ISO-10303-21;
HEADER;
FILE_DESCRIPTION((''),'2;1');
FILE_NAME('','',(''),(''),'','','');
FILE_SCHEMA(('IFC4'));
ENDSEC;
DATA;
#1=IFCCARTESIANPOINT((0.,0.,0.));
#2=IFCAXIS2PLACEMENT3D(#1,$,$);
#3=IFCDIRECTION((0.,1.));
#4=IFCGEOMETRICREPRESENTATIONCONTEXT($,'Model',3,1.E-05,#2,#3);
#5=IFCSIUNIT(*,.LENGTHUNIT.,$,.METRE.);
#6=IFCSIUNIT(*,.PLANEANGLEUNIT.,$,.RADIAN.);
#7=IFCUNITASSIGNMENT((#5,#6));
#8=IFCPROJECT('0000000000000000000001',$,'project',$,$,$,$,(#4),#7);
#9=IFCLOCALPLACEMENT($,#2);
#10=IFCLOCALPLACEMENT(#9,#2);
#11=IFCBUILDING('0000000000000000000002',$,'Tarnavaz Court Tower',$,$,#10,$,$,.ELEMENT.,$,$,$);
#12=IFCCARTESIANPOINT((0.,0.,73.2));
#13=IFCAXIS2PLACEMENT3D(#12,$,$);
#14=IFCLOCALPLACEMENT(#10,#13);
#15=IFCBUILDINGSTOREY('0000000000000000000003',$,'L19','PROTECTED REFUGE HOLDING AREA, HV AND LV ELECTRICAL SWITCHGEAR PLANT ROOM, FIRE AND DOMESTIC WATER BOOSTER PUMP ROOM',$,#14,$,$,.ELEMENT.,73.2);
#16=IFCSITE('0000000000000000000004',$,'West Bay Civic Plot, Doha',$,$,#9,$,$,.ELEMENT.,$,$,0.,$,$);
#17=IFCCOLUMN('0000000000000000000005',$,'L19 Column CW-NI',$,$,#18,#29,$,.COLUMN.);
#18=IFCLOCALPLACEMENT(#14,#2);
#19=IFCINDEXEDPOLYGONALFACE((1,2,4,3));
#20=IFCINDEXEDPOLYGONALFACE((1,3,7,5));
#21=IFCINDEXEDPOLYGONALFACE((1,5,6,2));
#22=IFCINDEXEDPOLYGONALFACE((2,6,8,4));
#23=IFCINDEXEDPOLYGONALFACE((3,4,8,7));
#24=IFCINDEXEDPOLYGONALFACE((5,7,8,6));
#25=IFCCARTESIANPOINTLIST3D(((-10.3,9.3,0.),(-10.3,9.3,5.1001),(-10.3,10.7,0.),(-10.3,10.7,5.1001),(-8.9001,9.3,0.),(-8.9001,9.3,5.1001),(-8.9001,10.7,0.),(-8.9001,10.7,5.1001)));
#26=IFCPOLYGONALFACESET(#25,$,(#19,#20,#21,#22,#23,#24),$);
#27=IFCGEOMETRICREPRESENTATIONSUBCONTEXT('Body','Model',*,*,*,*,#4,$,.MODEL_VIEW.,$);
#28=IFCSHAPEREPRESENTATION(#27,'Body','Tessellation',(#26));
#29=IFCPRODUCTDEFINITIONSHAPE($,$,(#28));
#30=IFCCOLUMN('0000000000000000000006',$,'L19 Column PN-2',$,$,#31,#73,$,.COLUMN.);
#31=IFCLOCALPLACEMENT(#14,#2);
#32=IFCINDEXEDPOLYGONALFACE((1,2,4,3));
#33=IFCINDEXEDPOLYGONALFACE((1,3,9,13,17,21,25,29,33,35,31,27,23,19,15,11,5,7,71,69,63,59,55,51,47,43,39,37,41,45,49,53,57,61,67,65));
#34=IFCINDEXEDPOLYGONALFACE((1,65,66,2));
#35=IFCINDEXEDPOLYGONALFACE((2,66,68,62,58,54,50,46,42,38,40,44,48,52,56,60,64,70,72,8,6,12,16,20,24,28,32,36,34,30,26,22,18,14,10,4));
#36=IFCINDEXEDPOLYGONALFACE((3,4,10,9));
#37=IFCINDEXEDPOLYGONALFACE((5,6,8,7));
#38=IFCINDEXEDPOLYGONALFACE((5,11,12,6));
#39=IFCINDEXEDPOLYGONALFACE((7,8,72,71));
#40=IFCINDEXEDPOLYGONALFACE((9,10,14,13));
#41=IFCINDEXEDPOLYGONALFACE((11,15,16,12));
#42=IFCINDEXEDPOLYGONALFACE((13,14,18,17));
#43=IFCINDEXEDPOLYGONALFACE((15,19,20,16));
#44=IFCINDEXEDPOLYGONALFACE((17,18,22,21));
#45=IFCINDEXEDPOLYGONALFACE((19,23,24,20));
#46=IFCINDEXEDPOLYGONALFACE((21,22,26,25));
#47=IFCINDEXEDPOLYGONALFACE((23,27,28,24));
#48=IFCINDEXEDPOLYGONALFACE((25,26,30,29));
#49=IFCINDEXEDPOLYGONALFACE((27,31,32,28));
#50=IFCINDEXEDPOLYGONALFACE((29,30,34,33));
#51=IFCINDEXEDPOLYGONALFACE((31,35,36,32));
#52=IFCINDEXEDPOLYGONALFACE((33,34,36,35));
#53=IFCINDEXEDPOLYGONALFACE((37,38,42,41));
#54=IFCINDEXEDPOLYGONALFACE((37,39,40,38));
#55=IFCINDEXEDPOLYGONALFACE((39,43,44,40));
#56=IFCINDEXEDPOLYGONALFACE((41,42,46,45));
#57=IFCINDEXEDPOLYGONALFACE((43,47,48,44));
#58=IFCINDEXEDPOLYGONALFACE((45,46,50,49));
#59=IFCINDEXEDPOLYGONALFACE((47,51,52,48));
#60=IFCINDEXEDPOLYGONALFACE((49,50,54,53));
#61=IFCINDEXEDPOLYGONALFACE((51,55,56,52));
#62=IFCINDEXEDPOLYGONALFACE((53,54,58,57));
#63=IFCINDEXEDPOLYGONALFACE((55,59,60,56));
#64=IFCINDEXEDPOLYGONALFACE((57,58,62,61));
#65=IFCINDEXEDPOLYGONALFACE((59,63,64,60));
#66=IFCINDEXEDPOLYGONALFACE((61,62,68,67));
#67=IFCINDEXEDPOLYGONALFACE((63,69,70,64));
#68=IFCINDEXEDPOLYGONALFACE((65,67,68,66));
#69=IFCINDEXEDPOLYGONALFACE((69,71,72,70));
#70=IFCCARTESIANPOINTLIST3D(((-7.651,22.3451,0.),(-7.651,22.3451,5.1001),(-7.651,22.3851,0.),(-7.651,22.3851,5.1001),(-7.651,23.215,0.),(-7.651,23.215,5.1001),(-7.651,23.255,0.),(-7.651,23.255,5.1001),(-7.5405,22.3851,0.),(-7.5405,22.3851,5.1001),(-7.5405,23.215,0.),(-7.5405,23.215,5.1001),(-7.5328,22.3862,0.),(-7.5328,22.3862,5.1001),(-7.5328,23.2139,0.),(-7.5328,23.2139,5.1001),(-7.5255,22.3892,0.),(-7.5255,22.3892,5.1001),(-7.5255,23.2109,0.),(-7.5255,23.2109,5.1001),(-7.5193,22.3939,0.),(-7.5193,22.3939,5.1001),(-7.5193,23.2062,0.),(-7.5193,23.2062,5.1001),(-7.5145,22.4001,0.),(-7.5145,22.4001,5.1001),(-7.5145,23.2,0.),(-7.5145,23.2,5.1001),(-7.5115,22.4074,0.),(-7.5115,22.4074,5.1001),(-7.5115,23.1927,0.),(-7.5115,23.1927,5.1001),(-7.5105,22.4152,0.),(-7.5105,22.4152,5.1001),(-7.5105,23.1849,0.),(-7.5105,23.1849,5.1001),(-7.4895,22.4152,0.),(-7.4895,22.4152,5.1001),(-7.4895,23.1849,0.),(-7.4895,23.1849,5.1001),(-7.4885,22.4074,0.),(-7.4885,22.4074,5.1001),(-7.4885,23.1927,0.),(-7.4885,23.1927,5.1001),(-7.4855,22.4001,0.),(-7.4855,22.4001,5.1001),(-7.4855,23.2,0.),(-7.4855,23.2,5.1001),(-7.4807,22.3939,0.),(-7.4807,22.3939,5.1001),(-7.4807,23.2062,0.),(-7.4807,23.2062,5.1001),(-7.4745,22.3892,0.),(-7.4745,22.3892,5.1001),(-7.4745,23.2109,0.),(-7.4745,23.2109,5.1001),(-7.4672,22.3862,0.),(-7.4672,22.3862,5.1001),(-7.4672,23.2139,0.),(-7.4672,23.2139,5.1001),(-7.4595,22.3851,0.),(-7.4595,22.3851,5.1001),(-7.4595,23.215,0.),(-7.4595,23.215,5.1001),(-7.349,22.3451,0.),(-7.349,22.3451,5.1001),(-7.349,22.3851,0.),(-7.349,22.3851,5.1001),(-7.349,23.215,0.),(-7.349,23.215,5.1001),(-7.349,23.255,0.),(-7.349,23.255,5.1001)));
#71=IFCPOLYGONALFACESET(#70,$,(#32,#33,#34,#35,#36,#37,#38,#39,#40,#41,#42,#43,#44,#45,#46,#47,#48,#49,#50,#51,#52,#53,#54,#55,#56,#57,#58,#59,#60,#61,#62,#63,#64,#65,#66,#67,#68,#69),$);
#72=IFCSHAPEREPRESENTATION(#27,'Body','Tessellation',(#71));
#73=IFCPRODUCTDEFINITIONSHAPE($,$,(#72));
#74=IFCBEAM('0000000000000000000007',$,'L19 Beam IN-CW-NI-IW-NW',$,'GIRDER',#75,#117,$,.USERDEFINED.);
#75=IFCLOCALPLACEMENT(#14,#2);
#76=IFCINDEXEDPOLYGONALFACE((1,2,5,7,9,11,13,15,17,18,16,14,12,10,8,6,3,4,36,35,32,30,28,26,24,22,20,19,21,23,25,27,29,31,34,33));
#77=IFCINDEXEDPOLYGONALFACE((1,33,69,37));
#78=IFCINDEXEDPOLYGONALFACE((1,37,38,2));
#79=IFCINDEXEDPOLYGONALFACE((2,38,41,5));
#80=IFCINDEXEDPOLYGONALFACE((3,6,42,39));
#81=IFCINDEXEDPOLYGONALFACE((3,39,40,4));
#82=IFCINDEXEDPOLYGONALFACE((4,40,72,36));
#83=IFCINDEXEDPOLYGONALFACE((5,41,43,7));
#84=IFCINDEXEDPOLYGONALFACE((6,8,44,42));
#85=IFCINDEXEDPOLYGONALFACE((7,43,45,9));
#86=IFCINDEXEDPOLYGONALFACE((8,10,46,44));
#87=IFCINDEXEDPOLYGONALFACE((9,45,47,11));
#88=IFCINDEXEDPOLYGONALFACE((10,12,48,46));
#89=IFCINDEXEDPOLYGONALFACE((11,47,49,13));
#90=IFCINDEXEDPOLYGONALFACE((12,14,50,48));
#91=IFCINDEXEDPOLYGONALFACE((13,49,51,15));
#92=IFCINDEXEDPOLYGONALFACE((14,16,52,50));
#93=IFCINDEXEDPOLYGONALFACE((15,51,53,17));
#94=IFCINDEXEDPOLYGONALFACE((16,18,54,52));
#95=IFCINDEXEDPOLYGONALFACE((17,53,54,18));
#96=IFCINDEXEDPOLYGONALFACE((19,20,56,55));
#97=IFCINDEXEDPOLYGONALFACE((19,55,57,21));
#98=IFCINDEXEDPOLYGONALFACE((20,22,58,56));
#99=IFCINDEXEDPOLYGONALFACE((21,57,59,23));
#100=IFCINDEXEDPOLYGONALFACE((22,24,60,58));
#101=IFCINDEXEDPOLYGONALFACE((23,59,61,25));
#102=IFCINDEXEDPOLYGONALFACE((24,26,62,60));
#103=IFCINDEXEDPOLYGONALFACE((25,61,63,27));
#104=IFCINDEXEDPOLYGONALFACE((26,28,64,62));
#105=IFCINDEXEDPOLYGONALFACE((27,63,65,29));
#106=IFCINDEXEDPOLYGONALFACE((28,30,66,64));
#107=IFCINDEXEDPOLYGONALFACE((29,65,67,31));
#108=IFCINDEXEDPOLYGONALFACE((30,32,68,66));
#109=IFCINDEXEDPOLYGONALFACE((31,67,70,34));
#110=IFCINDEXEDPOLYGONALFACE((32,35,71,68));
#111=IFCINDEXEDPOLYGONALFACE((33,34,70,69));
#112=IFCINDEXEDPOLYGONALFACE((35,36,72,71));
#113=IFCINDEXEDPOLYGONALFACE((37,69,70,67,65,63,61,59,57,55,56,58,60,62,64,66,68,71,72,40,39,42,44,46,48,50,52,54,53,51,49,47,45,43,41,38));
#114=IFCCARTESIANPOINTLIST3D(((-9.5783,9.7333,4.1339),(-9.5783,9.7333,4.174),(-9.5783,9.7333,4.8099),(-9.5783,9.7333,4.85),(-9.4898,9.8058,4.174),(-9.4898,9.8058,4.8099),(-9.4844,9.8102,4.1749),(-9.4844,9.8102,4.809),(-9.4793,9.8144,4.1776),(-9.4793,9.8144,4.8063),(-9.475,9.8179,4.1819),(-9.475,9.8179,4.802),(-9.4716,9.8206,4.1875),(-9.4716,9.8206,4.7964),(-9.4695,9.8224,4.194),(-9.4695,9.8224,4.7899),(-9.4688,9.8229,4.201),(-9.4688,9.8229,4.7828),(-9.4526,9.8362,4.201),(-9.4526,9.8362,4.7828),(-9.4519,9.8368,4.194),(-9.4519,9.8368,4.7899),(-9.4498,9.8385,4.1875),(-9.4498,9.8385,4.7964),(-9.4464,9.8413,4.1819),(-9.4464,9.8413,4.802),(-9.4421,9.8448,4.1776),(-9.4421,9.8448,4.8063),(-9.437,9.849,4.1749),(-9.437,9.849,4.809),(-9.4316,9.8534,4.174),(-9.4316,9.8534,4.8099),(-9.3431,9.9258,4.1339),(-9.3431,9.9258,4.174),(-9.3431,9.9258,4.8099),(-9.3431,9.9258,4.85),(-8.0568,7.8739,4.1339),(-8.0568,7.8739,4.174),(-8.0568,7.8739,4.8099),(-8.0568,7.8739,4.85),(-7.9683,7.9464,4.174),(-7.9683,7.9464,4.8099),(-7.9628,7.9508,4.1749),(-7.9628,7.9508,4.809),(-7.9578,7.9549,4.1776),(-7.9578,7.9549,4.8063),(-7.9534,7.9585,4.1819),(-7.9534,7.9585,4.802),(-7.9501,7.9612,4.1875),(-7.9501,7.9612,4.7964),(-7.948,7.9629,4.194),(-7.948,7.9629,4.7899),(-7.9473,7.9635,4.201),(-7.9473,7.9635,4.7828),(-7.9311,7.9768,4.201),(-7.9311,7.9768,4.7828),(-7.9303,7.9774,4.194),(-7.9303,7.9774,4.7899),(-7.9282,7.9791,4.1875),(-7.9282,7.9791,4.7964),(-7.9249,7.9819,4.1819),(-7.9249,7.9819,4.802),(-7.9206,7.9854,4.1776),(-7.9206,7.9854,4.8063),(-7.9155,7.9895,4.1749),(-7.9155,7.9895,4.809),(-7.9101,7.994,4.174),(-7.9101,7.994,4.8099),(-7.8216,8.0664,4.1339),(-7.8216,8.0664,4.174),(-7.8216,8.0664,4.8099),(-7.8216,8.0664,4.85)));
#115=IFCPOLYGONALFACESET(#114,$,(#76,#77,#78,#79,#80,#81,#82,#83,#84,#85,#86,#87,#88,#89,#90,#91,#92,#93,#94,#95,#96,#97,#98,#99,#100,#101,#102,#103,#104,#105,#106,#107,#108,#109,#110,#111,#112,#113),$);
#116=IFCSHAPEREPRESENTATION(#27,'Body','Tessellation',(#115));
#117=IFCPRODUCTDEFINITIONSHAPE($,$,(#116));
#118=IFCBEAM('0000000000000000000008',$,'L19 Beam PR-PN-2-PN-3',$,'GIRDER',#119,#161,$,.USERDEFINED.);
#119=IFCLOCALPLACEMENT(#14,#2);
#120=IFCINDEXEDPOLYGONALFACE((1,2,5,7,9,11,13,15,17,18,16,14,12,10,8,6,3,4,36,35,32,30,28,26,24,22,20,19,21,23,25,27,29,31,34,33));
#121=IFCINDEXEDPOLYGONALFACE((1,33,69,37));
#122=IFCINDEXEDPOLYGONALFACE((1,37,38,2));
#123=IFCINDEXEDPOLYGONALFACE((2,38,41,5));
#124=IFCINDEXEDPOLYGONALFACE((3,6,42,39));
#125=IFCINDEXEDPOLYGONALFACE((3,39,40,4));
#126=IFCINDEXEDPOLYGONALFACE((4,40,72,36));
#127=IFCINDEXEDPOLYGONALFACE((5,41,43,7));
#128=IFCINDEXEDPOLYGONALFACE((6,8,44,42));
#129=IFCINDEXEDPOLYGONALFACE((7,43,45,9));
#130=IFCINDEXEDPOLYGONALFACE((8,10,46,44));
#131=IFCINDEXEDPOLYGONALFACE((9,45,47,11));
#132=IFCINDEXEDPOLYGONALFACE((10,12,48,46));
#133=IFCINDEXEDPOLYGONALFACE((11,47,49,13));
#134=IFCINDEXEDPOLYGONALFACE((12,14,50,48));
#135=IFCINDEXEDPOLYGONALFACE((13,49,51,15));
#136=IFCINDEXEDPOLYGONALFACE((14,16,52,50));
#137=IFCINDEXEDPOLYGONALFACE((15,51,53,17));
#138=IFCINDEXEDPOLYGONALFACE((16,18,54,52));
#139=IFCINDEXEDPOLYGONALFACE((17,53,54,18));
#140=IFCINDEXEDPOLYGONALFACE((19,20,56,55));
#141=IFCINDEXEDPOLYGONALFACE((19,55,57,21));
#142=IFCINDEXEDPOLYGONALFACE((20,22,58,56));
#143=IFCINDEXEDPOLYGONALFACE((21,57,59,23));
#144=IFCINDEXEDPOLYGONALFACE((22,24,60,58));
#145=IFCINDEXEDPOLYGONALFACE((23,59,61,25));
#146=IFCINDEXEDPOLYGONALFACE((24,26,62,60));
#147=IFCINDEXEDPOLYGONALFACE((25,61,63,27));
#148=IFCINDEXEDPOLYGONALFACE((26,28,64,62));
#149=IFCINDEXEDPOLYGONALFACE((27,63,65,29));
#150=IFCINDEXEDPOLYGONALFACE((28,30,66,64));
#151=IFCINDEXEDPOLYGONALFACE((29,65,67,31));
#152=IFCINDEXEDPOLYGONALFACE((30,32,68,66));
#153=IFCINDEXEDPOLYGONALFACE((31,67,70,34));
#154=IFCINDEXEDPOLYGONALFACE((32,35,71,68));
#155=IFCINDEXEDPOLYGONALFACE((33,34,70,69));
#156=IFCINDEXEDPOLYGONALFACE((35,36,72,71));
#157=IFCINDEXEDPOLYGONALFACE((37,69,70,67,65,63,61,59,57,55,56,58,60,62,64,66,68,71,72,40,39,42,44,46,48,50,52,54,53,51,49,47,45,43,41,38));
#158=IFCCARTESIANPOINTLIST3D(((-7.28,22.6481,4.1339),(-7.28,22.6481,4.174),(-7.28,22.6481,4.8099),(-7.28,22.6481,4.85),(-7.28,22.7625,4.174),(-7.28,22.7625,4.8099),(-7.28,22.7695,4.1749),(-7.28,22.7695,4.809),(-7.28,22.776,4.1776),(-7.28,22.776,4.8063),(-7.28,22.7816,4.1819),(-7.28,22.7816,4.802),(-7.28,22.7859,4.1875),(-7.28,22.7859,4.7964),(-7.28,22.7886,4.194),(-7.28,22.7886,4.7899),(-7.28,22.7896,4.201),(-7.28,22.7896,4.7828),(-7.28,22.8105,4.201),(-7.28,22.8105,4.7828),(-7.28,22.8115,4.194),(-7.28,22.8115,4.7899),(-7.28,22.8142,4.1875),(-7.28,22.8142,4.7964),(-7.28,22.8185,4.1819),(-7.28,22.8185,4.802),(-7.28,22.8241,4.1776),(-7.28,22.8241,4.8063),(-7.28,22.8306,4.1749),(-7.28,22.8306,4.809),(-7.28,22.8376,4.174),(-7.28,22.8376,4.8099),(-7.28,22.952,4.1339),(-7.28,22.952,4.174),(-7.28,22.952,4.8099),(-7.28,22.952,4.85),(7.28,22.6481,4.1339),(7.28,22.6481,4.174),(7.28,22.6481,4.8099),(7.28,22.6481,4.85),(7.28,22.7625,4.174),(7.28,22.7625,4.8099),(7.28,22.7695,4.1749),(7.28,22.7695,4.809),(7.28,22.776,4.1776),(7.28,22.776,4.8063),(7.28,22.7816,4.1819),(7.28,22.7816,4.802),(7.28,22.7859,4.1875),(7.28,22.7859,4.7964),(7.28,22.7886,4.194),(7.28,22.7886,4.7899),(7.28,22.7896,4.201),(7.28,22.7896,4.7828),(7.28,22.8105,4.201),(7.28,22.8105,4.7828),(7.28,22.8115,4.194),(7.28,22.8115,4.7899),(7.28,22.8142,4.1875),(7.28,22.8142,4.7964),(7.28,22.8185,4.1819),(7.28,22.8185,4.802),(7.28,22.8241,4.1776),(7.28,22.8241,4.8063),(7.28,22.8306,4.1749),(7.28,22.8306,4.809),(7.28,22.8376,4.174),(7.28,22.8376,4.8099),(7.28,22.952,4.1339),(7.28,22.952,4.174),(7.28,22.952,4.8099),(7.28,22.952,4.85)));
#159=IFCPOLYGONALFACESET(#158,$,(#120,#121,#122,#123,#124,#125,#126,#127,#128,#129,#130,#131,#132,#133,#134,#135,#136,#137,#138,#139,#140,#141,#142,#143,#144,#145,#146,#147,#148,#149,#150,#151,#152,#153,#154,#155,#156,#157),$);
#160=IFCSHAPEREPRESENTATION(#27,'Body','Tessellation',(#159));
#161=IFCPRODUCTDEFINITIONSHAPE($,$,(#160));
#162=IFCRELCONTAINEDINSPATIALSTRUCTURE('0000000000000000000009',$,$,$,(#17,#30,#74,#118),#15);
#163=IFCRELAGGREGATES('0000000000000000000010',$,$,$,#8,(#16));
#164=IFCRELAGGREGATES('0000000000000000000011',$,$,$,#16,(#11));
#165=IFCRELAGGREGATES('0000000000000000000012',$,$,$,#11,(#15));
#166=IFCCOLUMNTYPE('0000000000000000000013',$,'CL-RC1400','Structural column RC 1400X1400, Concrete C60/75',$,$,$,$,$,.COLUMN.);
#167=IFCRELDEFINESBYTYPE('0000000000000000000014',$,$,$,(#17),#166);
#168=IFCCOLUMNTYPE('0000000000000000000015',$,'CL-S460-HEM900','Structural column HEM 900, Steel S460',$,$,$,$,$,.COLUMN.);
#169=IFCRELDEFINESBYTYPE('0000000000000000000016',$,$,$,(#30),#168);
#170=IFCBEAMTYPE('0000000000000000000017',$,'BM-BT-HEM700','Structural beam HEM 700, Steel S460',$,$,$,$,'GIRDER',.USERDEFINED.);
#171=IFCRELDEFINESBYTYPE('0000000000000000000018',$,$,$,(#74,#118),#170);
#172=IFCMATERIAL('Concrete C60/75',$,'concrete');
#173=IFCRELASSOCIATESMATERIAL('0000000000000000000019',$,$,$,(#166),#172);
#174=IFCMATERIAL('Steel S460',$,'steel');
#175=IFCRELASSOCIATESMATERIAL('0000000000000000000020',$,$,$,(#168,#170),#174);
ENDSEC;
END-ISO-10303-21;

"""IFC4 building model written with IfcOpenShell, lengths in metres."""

from ifc_helpers import new_model, si_unit, direction, frame, origin, origin_2d, place, context, subcontext, project, spatial, rectangle, i_section, extrude, material, material_profile, profile_set, type_object, element, save


model = new_model("IFC4")

# Units and contexts
model_context = context("Model", 3, precision=1e-05, world=origin(), true_north=direction((0.0, 1.0)))
body_context = subcontext(model_context, "Body", "Model", "MODEL_VIEW")
ifc_project = project(units=[si_unit("LENGTHUNIT", "METRE"), si_unit("PLANEANGLEUNIT", "RADIAN")], contexts=[model_context])

# Site, building, storey
site_placement = place(None, origin())
site = spatial("IfcSite", under=ifc_project, at=site_placement, Name="West Bay Civic Plot, Doha", CompositionType="ELEMENT", RefElevation=0.0)
building_placement = place(site_placement, origin())
building = spatial("IfcBuilding", under=site, at=building_placement, Name="Tarnavaz Court Tower", CompositionType="ELEMENT")
storey_placement = place(building_placement, frame((0.0, 0.0, 73.2)))
storey = spatial("IfcBuildingStorey", under=building, at=storey_placement, Name="L19", Description="PROTECTED REFUGE HOLDING AREA, HV AND LV ELECTRICAL SWITCHGEAR PLANT ROOM, FIRE AND DOMESTIC WATER BOOSTER PUMP ROOM", CompositionType="ELEMENT", Elevation=73.2)

# Columns
ifc_material_1 = material(Name="Concrete C60/75", Category="concrete")
ifc_material_profile_1 = material_profile(ifc_material_1, rectangle(XDim=1.3999, YDim=1.3999, at=origin_2d()), Name="RC 1400X1400")
ifc_profile_set_1 = profile_set([ifc_material_profile_1], Name="Concrete C60/75")
column_type_1 = type_object("IfcColumnType", Name="CL-RC1400", Description="Structural column RC 1400X1400, Concrete C60/75", PredefinedType="COLUMN", material=ifc_profile_set_1)
column_1_placement = place(storey_placement, frame((-9.6001, 10.0, 0.0), z_axis=(0.0, 0.0, 1.0), x_axis=(1.0, 0.0, 0.0)))
element("IfcColumn", 1, at=column_1_placement, inside=storey, type_object=column_type_1, Name="L19 Column CW-NI", PredefinedType="COLUMN", context=body_context, shape_type="SweptSolid", body=[
    extrude(rectangle(XDim=1.3999, YDim=1.3999, at=origin_2d()), origin(), (0.0, 0.0, 1.0), 5.1001),
])
ifc_material_2 = material(Name="Steel S460", Category="steel")
ifc_material_profile_2 = material_profile(ifc_material_2, i_section(OverallWidth=0.302, OverallDepth=0.9099, WebThickness=0.021, FlangeThickness=0.04, FilletRadius=0.03, at=origin_2d()), Name="HEM 900")
ifc_profile_set_2 = profile_set([ifc_material_profile_2], Name="Steel S460")
column_type_2 = type_object("IfcColumnType", Name="CL-S460-HEM900", Description="Structural column HEM 900, Steel S460", PredefinedType="COLUMN", material=ifc_profile_set_2)
column_2_placement = place(storey_placement, frame((-7.5, 22.8, 0.0), z_axis=(0.0, 0.0, 1.0), x_axis=(1.0, 0.0, 0.0)))
element("IfcColumn", 2, at=column_2_placement, inside=storey, type_object=column_type_2, Name="L19 Column PN-2", PredefinedType="COLUMN", context=body_context, shape_type="SweptSolid", body=[
    extrude(i_section(OverallWidth=0.302, OverallDepth=0.9099, WebThickness=0.021, FlangeThickness=0.04, FilletRadius=0.03, at=origin_2d()), origin(), (0.0, 0.0, 1.0), 5.1001),
])

# Beams
ifc_material_profile_3 = material_profile(ifc_material_2, i_section(OverallWidth=0.304, OverallDepth=0.7161, WebThickness=0.021, FlangeThickness=0.04, FilletRadius=0.0271, at=origin_2d()), Name="HEM 700")
ifc_profile_set_3 = profile_set([ifc_material_profile_3], Name="Steel S460")
beam_type_1 = type_object("IfcBeamType", Name="BM-BT-HEM700", Description="Structural beam HEM 700, Steel S460", ElementType="GIRDER", PredefinedType="USERDEFINED", material=ifc_profile_set_3)
beam_1_placement = place(storey_placement, frame((-9.4607, 9.8296, 4.4919), z_axis=(0.633282, -0.773921, 0.0), x_axis=(0.773921, 0.633282, 0.0)))
element("IfcBeam", 3, at=beam_1_placement, inside=storey, type_object=beam_type_1, Name="L19 Beam IN-CW-NI-IW-NW", ObjectType="GIRDER", PredefinedType="USERDEFINED", context=body_context, shape_type="SweptSolid", body=[
    extrude(i_section(OverallWidth=0.304, OverallDepth=0.7161, WebThickness=0.021, FlangeThickness=0.04, FilletRadius=0.0271, at=origin_2d()), origin(), (0.0, 0.0, 1.0), 2.4026),
])
beam_2_placement = place(storey_placement, frame((-7.28, 22.8, 4.4919), z_axis=(1.0, 0.0, 0.0), x_axis=(0.0, 1.0, 0.0)))
element("IfcBeam", 4, at=beam_2_placement, inside=storey, type_object=beam_type_1, Name="L19 Beam PR-PN-2-PN-3", ObjectType="GIRDER", PredefinedType="USERDEFINED", context=body_context, shape_type="SweptSolid", body=[
    extrude(i_section(OverallWidth=0.304, OverallDepth=0.7161, WebThickness=0.021, FlangeThickness=0.04, FilletRadius=0.0271, at=origin_2d()), origin(), (0.0, 0.0, 1.0), 14.5601),
])

save(model, "model.ifc")
